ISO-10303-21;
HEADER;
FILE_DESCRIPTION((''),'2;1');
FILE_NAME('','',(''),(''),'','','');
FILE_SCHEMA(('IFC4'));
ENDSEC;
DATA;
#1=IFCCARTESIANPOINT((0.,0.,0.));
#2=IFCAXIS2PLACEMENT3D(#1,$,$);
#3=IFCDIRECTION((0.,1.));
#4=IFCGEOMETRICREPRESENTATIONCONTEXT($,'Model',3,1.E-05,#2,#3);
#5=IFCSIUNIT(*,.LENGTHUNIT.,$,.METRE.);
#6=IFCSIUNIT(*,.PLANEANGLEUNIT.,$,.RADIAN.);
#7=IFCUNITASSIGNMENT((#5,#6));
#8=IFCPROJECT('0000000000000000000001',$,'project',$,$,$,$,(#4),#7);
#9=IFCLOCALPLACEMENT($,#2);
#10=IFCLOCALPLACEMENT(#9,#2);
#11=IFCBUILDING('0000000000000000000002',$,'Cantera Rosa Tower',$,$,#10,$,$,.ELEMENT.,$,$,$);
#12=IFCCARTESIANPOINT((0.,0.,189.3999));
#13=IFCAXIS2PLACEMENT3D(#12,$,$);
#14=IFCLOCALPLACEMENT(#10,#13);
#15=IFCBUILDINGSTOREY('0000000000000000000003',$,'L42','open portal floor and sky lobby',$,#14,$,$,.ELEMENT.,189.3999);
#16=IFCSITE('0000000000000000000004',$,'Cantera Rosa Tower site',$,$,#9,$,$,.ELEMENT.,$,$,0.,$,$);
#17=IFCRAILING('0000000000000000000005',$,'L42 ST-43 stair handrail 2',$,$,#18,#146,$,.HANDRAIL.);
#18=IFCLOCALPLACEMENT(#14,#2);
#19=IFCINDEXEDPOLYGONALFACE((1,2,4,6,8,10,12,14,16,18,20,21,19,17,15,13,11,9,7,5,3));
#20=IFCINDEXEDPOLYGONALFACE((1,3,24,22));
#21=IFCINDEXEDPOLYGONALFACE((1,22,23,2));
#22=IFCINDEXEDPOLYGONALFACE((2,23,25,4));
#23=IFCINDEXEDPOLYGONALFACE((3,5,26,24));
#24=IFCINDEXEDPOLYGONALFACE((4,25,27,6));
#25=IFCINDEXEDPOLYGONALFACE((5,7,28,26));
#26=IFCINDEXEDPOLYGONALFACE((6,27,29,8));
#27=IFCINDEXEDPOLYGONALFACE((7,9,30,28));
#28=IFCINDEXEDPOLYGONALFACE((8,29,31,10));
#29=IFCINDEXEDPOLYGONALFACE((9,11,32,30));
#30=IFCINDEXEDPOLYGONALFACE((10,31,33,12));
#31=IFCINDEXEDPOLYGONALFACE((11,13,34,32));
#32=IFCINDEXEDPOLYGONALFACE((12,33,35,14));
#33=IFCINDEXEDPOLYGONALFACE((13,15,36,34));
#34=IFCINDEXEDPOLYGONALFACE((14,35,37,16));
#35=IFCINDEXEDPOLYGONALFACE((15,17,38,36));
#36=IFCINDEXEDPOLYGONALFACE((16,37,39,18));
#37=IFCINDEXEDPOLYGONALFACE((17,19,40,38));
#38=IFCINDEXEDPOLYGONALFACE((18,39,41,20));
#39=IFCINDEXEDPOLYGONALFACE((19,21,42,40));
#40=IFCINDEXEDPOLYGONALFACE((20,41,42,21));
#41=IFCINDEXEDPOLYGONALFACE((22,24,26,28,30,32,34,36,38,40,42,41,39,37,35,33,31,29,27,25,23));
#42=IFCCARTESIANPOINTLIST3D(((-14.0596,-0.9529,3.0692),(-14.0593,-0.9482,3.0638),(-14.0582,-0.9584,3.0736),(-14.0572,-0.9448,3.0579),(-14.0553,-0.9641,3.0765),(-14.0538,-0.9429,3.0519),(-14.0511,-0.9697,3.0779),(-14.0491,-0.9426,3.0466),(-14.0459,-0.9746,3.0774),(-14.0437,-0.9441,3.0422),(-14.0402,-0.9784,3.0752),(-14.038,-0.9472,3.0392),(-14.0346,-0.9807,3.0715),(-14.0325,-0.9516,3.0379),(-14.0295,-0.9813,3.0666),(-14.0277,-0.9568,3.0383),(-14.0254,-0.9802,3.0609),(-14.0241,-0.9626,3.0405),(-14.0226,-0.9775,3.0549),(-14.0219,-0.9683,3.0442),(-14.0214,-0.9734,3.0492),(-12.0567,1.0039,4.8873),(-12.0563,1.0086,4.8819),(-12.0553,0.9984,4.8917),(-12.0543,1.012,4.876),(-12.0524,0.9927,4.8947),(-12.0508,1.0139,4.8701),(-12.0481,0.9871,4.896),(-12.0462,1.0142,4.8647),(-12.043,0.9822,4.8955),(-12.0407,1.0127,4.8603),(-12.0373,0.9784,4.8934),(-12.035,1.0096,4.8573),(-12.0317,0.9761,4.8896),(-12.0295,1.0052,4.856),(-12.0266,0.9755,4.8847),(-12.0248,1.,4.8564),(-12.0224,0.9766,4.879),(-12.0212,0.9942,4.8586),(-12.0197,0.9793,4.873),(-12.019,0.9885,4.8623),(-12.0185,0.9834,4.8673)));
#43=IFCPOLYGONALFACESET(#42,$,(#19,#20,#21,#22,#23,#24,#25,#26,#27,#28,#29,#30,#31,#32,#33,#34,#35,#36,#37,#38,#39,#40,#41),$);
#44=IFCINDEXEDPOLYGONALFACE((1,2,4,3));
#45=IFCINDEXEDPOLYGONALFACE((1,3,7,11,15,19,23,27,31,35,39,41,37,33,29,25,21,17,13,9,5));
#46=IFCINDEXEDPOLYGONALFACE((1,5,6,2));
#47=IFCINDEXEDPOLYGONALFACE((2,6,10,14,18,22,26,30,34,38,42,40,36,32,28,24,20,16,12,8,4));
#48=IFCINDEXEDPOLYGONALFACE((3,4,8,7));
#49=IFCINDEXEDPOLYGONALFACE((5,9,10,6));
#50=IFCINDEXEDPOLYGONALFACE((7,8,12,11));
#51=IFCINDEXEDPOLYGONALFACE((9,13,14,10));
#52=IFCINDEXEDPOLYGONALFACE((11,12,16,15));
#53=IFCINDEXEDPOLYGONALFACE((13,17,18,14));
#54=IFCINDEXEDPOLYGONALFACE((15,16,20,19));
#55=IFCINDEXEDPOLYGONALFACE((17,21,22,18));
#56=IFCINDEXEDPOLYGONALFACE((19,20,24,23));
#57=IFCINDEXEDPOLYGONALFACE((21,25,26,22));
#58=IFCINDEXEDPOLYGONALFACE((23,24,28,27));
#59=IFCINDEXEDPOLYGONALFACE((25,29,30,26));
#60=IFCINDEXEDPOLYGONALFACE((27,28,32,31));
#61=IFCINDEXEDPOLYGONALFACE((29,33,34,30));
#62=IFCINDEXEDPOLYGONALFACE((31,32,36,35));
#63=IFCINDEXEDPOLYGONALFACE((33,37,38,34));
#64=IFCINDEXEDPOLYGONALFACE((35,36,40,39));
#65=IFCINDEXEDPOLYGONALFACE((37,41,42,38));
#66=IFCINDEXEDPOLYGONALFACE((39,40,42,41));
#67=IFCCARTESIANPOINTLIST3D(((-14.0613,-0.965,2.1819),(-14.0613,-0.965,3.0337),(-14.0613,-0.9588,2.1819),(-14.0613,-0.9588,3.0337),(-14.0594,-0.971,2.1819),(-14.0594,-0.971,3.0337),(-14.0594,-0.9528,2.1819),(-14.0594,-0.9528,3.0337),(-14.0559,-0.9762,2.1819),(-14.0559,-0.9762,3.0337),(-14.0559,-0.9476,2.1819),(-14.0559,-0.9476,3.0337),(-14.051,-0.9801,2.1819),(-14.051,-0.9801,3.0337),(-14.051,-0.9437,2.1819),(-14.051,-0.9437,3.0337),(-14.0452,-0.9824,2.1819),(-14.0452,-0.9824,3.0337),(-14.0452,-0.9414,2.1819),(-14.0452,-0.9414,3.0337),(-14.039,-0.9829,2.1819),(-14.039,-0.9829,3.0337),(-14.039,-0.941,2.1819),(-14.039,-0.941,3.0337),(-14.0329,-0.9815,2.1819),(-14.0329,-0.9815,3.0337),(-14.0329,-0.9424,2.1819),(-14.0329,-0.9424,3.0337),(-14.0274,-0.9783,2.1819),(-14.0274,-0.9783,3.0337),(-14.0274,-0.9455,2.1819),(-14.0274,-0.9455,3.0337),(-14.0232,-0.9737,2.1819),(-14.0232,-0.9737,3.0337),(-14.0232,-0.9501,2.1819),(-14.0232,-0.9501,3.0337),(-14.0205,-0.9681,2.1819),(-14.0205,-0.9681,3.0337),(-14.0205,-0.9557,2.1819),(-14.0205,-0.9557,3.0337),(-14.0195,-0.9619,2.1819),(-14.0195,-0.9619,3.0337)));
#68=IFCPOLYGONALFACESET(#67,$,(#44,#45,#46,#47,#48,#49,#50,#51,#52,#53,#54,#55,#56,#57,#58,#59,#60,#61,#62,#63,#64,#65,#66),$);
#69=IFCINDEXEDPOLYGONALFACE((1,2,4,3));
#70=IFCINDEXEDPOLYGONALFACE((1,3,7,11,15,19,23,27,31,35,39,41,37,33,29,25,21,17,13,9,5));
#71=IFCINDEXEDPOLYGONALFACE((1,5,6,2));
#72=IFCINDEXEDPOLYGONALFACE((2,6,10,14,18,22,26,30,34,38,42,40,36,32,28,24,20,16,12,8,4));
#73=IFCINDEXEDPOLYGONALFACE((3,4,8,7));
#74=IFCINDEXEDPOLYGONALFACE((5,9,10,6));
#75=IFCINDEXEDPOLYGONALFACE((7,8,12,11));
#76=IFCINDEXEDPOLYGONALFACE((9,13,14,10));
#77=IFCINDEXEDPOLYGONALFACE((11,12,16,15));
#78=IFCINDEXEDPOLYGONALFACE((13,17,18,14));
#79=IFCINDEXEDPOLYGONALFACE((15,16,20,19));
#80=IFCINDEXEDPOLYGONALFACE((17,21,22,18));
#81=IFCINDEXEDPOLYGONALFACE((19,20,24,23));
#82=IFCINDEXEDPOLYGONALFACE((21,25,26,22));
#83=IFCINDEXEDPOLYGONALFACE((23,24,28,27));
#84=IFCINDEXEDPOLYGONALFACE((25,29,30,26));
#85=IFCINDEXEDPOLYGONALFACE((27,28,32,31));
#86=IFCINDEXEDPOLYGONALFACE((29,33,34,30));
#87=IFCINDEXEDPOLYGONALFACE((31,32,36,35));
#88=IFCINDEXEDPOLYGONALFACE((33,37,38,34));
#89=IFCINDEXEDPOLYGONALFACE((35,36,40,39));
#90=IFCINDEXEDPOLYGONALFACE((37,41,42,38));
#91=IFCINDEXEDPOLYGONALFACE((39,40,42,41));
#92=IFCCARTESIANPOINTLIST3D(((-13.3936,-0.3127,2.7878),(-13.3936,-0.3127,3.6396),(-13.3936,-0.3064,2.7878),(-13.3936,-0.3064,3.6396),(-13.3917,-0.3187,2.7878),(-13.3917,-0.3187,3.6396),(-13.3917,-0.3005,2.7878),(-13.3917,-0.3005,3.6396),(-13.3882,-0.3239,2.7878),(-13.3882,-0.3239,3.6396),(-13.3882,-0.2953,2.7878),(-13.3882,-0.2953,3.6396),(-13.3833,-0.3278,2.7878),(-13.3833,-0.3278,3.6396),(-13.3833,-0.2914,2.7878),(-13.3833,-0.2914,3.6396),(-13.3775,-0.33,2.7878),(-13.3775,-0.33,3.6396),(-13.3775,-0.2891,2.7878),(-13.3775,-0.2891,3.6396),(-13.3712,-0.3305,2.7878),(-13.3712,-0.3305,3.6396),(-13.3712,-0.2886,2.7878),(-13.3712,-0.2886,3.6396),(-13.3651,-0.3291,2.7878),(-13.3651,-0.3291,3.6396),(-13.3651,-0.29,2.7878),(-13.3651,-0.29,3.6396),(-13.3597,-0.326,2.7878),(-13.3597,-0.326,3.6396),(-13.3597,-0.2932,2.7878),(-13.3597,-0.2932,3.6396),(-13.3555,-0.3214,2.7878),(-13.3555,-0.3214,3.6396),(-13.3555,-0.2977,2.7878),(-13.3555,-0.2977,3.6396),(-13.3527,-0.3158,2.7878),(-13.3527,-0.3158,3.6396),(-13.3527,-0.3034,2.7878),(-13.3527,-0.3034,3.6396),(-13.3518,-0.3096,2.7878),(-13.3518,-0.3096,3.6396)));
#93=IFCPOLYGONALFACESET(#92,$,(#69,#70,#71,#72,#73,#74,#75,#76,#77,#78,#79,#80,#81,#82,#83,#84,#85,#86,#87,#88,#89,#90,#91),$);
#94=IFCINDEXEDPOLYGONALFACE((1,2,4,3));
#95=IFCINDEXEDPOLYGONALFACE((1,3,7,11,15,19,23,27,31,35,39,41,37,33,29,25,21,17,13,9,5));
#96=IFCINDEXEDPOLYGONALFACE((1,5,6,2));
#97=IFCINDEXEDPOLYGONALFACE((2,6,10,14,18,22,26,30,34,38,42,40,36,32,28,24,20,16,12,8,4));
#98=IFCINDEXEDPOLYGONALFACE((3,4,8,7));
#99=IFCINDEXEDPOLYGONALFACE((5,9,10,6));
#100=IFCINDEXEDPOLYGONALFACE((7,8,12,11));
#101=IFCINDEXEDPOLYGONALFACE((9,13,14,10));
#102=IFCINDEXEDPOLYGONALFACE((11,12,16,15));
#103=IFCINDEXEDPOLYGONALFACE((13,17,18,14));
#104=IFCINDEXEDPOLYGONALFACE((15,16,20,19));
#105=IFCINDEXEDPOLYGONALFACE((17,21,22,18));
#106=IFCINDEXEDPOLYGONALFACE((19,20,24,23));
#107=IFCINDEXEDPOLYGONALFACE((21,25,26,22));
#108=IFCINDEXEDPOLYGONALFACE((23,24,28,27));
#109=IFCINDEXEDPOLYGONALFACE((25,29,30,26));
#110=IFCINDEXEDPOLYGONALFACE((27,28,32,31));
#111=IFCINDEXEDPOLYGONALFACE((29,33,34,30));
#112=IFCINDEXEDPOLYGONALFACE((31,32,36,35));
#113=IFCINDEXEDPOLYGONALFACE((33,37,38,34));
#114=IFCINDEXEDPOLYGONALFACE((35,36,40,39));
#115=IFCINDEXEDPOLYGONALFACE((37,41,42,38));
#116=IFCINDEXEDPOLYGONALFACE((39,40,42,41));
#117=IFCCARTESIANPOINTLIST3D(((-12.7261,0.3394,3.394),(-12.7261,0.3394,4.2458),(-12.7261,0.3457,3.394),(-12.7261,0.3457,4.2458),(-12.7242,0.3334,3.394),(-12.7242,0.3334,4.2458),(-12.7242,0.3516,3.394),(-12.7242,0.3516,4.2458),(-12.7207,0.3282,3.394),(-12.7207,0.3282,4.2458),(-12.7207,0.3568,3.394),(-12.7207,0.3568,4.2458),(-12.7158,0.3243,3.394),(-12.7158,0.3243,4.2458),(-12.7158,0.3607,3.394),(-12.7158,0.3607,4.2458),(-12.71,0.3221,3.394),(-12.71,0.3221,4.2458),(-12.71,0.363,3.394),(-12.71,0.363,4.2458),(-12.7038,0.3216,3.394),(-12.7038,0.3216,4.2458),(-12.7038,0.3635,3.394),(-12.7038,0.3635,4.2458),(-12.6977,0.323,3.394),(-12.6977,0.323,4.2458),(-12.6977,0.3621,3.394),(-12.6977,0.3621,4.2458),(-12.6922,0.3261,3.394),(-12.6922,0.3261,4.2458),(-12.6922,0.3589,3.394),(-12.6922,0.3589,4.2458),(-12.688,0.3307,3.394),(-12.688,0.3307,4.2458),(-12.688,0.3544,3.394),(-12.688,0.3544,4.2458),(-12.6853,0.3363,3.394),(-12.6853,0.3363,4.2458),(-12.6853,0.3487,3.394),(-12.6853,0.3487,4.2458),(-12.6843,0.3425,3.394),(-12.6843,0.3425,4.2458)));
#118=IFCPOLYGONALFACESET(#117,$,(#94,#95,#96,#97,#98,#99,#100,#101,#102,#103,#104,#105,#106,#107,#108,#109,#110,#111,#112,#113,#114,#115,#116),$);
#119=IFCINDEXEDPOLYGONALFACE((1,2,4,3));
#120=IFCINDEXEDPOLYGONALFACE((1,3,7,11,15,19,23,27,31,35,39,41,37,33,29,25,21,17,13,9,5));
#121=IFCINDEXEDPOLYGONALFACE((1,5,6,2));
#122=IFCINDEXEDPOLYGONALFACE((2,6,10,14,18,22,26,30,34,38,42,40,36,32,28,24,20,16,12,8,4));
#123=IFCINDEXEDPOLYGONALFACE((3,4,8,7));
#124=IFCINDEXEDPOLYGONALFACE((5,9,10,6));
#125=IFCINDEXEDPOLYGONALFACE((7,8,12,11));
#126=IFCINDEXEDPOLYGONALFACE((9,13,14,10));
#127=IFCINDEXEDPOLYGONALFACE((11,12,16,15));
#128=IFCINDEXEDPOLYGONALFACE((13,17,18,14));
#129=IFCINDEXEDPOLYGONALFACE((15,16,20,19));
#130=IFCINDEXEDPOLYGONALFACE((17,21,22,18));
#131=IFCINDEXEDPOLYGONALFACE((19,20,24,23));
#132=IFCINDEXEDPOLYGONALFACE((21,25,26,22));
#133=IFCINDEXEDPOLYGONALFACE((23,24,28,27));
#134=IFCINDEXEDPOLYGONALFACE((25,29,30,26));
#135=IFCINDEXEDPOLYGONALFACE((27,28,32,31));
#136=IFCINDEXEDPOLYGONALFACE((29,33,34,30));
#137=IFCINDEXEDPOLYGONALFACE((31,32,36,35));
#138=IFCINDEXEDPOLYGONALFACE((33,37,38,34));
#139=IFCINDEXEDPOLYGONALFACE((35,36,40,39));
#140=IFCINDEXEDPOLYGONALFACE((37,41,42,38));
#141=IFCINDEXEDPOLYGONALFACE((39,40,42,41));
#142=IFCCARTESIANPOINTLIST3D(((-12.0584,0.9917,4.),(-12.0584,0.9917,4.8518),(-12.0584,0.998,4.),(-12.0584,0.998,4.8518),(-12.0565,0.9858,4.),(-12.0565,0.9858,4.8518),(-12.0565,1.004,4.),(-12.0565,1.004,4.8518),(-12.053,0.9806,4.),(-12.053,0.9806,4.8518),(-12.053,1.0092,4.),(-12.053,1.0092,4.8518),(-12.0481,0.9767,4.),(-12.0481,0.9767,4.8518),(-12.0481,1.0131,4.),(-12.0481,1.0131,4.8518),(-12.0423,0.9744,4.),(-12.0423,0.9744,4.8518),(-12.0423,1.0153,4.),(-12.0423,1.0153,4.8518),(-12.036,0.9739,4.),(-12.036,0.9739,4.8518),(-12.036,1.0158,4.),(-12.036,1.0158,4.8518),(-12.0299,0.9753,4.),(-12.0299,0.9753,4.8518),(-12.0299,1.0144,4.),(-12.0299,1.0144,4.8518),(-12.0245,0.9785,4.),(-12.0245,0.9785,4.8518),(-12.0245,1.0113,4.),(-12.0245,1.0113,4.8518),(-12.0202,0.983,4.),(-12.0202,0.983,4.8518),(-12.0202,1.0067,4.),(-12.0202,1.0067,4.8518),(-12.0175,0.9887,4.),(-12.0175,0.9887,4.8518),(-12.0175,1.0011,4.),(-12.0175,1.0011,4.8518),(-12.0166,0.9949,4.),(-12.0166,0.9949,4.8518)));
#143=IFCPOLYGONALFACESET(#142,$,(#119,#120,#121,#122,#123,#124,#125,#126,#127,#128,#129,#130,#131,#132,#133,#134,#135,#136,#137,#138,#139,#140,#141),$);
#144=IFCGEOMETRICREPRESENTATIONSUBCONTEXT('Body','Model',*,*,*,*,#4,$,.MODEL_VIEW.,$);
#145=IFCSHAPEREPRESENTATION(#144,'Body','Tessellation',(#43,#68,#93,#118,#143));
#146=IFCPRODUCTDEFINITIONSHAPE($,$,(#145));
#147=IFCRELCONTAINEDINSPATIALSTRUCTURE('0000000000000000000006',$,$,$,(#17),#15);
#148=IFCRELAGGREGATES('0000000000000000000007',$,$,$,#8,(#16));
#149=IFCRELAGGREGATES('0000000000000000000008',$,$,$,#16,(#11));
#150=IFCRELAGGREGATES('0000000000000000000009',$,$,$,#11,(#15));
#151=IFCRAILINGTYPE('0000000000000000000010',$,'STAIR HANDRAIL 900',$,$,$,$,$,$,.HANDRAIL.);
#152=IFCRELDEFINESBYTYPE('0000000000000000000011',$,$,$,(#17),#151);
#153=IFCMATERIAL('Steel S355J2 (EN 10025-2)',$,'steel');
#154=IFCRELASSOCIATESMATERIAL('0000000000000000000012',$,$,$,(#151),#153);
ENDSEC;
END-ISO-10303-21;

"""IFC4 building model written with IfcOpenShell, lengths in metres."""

from ifc_helpers import new_model, si_unit, direction, frame, origin, origin_2d, place, context, subcontext, project, spatial, circle, extrude, material, type_object, element, save


model = new_model("IFC4")

# Units and contexts
model_context = context("Model", 3, precision=1e-05, world=origin(), true_north=direction((0.0, 1.0)))
body_context = subcontext(model_context, "Body", "Model", "MODEL_VIEW")
ifc_project = project(units=[si_unit("LENGTHUNIT", "METRE"), si_unit("PLANEANGLEUNIT", "RADIAN")], contexts=[model_context])

# Site, building, storey
site_placement = place(None, origin())
site = spatial("IfcSite", under=ifc_project, at=site_placement, Name="Cantera Rosa Tower site", CompositionType="ELEMENT", RefElevation=0.0)
building_placement = place(site_placement, origin())
building = spatial("IfcBuilding", under=site, at=building_placement, Name="Cantera Rosa Tower", CompositionType="ELEMENT")
storey_placement = place(building_placement, frame((0.0, 0.0, 189.3999)))
storey = spatial("IfcBuildingStorey", under=building, at=storey_placement, Name="L42", Description="open portal floor and sky lobby", CompositionType="ELEMENT", Elevation=189.3999)

# Railing
ifc_material_1 = material(Name="Steel S355J2 (EN 10025-2)", Category="steel")
railing_type_1 = type_object("IfcRailingType", Name="STAIR HANDRAIL 900", PredefinedType="HANDRAIL", material=ifc_material_1)
for number, where, name in (
    (1, (-14.0405, -0.9619, 2.1819), "L42 ST-43 stair handrail 2"),
):
    element("IfcRailing", number, at=place(storey_placement, frame(where)), inside=storey, type_object=railing_type_1, Name=name, PredefinedType="HANDRAIL", context=body_context, shape_type="SweptSolid", body=[
        extrude(circle(Radius=0.0239, at=origin_2d()), frame((0.0, 0.0, 0.876), z_axis=(0.59993, 0.586109, 0.544573), x_axis=(-0.698819, 0.715298, 0.0)), (0.0, 0.0, 1.0), 3.3386),
        extrude(circle(Radius=0.021, at=origin_2d()), origin(), (0.0, 0.0, 1.0), 0.8518),
        extrude(circle(Radius=0.021, at=origin_2d()), frame((0.6677, 0.6523, 0.606)), (0.0, 0.0, 1.0), 0.8518),
        extrude(circle(Radius=0.021, at=origin_2d()), frame((1.3352, 1.3044, 1.2122)), (0.0, 0.0, 1.0), 0.8518),
        extrude(circle(Radius=0.021, at=origin_2d()), frame((2.0029, 1.9568, 1.8181)), (0.0, 0.0, 1.0), 0.8518),
    ])

save(model, "model.ifc")
